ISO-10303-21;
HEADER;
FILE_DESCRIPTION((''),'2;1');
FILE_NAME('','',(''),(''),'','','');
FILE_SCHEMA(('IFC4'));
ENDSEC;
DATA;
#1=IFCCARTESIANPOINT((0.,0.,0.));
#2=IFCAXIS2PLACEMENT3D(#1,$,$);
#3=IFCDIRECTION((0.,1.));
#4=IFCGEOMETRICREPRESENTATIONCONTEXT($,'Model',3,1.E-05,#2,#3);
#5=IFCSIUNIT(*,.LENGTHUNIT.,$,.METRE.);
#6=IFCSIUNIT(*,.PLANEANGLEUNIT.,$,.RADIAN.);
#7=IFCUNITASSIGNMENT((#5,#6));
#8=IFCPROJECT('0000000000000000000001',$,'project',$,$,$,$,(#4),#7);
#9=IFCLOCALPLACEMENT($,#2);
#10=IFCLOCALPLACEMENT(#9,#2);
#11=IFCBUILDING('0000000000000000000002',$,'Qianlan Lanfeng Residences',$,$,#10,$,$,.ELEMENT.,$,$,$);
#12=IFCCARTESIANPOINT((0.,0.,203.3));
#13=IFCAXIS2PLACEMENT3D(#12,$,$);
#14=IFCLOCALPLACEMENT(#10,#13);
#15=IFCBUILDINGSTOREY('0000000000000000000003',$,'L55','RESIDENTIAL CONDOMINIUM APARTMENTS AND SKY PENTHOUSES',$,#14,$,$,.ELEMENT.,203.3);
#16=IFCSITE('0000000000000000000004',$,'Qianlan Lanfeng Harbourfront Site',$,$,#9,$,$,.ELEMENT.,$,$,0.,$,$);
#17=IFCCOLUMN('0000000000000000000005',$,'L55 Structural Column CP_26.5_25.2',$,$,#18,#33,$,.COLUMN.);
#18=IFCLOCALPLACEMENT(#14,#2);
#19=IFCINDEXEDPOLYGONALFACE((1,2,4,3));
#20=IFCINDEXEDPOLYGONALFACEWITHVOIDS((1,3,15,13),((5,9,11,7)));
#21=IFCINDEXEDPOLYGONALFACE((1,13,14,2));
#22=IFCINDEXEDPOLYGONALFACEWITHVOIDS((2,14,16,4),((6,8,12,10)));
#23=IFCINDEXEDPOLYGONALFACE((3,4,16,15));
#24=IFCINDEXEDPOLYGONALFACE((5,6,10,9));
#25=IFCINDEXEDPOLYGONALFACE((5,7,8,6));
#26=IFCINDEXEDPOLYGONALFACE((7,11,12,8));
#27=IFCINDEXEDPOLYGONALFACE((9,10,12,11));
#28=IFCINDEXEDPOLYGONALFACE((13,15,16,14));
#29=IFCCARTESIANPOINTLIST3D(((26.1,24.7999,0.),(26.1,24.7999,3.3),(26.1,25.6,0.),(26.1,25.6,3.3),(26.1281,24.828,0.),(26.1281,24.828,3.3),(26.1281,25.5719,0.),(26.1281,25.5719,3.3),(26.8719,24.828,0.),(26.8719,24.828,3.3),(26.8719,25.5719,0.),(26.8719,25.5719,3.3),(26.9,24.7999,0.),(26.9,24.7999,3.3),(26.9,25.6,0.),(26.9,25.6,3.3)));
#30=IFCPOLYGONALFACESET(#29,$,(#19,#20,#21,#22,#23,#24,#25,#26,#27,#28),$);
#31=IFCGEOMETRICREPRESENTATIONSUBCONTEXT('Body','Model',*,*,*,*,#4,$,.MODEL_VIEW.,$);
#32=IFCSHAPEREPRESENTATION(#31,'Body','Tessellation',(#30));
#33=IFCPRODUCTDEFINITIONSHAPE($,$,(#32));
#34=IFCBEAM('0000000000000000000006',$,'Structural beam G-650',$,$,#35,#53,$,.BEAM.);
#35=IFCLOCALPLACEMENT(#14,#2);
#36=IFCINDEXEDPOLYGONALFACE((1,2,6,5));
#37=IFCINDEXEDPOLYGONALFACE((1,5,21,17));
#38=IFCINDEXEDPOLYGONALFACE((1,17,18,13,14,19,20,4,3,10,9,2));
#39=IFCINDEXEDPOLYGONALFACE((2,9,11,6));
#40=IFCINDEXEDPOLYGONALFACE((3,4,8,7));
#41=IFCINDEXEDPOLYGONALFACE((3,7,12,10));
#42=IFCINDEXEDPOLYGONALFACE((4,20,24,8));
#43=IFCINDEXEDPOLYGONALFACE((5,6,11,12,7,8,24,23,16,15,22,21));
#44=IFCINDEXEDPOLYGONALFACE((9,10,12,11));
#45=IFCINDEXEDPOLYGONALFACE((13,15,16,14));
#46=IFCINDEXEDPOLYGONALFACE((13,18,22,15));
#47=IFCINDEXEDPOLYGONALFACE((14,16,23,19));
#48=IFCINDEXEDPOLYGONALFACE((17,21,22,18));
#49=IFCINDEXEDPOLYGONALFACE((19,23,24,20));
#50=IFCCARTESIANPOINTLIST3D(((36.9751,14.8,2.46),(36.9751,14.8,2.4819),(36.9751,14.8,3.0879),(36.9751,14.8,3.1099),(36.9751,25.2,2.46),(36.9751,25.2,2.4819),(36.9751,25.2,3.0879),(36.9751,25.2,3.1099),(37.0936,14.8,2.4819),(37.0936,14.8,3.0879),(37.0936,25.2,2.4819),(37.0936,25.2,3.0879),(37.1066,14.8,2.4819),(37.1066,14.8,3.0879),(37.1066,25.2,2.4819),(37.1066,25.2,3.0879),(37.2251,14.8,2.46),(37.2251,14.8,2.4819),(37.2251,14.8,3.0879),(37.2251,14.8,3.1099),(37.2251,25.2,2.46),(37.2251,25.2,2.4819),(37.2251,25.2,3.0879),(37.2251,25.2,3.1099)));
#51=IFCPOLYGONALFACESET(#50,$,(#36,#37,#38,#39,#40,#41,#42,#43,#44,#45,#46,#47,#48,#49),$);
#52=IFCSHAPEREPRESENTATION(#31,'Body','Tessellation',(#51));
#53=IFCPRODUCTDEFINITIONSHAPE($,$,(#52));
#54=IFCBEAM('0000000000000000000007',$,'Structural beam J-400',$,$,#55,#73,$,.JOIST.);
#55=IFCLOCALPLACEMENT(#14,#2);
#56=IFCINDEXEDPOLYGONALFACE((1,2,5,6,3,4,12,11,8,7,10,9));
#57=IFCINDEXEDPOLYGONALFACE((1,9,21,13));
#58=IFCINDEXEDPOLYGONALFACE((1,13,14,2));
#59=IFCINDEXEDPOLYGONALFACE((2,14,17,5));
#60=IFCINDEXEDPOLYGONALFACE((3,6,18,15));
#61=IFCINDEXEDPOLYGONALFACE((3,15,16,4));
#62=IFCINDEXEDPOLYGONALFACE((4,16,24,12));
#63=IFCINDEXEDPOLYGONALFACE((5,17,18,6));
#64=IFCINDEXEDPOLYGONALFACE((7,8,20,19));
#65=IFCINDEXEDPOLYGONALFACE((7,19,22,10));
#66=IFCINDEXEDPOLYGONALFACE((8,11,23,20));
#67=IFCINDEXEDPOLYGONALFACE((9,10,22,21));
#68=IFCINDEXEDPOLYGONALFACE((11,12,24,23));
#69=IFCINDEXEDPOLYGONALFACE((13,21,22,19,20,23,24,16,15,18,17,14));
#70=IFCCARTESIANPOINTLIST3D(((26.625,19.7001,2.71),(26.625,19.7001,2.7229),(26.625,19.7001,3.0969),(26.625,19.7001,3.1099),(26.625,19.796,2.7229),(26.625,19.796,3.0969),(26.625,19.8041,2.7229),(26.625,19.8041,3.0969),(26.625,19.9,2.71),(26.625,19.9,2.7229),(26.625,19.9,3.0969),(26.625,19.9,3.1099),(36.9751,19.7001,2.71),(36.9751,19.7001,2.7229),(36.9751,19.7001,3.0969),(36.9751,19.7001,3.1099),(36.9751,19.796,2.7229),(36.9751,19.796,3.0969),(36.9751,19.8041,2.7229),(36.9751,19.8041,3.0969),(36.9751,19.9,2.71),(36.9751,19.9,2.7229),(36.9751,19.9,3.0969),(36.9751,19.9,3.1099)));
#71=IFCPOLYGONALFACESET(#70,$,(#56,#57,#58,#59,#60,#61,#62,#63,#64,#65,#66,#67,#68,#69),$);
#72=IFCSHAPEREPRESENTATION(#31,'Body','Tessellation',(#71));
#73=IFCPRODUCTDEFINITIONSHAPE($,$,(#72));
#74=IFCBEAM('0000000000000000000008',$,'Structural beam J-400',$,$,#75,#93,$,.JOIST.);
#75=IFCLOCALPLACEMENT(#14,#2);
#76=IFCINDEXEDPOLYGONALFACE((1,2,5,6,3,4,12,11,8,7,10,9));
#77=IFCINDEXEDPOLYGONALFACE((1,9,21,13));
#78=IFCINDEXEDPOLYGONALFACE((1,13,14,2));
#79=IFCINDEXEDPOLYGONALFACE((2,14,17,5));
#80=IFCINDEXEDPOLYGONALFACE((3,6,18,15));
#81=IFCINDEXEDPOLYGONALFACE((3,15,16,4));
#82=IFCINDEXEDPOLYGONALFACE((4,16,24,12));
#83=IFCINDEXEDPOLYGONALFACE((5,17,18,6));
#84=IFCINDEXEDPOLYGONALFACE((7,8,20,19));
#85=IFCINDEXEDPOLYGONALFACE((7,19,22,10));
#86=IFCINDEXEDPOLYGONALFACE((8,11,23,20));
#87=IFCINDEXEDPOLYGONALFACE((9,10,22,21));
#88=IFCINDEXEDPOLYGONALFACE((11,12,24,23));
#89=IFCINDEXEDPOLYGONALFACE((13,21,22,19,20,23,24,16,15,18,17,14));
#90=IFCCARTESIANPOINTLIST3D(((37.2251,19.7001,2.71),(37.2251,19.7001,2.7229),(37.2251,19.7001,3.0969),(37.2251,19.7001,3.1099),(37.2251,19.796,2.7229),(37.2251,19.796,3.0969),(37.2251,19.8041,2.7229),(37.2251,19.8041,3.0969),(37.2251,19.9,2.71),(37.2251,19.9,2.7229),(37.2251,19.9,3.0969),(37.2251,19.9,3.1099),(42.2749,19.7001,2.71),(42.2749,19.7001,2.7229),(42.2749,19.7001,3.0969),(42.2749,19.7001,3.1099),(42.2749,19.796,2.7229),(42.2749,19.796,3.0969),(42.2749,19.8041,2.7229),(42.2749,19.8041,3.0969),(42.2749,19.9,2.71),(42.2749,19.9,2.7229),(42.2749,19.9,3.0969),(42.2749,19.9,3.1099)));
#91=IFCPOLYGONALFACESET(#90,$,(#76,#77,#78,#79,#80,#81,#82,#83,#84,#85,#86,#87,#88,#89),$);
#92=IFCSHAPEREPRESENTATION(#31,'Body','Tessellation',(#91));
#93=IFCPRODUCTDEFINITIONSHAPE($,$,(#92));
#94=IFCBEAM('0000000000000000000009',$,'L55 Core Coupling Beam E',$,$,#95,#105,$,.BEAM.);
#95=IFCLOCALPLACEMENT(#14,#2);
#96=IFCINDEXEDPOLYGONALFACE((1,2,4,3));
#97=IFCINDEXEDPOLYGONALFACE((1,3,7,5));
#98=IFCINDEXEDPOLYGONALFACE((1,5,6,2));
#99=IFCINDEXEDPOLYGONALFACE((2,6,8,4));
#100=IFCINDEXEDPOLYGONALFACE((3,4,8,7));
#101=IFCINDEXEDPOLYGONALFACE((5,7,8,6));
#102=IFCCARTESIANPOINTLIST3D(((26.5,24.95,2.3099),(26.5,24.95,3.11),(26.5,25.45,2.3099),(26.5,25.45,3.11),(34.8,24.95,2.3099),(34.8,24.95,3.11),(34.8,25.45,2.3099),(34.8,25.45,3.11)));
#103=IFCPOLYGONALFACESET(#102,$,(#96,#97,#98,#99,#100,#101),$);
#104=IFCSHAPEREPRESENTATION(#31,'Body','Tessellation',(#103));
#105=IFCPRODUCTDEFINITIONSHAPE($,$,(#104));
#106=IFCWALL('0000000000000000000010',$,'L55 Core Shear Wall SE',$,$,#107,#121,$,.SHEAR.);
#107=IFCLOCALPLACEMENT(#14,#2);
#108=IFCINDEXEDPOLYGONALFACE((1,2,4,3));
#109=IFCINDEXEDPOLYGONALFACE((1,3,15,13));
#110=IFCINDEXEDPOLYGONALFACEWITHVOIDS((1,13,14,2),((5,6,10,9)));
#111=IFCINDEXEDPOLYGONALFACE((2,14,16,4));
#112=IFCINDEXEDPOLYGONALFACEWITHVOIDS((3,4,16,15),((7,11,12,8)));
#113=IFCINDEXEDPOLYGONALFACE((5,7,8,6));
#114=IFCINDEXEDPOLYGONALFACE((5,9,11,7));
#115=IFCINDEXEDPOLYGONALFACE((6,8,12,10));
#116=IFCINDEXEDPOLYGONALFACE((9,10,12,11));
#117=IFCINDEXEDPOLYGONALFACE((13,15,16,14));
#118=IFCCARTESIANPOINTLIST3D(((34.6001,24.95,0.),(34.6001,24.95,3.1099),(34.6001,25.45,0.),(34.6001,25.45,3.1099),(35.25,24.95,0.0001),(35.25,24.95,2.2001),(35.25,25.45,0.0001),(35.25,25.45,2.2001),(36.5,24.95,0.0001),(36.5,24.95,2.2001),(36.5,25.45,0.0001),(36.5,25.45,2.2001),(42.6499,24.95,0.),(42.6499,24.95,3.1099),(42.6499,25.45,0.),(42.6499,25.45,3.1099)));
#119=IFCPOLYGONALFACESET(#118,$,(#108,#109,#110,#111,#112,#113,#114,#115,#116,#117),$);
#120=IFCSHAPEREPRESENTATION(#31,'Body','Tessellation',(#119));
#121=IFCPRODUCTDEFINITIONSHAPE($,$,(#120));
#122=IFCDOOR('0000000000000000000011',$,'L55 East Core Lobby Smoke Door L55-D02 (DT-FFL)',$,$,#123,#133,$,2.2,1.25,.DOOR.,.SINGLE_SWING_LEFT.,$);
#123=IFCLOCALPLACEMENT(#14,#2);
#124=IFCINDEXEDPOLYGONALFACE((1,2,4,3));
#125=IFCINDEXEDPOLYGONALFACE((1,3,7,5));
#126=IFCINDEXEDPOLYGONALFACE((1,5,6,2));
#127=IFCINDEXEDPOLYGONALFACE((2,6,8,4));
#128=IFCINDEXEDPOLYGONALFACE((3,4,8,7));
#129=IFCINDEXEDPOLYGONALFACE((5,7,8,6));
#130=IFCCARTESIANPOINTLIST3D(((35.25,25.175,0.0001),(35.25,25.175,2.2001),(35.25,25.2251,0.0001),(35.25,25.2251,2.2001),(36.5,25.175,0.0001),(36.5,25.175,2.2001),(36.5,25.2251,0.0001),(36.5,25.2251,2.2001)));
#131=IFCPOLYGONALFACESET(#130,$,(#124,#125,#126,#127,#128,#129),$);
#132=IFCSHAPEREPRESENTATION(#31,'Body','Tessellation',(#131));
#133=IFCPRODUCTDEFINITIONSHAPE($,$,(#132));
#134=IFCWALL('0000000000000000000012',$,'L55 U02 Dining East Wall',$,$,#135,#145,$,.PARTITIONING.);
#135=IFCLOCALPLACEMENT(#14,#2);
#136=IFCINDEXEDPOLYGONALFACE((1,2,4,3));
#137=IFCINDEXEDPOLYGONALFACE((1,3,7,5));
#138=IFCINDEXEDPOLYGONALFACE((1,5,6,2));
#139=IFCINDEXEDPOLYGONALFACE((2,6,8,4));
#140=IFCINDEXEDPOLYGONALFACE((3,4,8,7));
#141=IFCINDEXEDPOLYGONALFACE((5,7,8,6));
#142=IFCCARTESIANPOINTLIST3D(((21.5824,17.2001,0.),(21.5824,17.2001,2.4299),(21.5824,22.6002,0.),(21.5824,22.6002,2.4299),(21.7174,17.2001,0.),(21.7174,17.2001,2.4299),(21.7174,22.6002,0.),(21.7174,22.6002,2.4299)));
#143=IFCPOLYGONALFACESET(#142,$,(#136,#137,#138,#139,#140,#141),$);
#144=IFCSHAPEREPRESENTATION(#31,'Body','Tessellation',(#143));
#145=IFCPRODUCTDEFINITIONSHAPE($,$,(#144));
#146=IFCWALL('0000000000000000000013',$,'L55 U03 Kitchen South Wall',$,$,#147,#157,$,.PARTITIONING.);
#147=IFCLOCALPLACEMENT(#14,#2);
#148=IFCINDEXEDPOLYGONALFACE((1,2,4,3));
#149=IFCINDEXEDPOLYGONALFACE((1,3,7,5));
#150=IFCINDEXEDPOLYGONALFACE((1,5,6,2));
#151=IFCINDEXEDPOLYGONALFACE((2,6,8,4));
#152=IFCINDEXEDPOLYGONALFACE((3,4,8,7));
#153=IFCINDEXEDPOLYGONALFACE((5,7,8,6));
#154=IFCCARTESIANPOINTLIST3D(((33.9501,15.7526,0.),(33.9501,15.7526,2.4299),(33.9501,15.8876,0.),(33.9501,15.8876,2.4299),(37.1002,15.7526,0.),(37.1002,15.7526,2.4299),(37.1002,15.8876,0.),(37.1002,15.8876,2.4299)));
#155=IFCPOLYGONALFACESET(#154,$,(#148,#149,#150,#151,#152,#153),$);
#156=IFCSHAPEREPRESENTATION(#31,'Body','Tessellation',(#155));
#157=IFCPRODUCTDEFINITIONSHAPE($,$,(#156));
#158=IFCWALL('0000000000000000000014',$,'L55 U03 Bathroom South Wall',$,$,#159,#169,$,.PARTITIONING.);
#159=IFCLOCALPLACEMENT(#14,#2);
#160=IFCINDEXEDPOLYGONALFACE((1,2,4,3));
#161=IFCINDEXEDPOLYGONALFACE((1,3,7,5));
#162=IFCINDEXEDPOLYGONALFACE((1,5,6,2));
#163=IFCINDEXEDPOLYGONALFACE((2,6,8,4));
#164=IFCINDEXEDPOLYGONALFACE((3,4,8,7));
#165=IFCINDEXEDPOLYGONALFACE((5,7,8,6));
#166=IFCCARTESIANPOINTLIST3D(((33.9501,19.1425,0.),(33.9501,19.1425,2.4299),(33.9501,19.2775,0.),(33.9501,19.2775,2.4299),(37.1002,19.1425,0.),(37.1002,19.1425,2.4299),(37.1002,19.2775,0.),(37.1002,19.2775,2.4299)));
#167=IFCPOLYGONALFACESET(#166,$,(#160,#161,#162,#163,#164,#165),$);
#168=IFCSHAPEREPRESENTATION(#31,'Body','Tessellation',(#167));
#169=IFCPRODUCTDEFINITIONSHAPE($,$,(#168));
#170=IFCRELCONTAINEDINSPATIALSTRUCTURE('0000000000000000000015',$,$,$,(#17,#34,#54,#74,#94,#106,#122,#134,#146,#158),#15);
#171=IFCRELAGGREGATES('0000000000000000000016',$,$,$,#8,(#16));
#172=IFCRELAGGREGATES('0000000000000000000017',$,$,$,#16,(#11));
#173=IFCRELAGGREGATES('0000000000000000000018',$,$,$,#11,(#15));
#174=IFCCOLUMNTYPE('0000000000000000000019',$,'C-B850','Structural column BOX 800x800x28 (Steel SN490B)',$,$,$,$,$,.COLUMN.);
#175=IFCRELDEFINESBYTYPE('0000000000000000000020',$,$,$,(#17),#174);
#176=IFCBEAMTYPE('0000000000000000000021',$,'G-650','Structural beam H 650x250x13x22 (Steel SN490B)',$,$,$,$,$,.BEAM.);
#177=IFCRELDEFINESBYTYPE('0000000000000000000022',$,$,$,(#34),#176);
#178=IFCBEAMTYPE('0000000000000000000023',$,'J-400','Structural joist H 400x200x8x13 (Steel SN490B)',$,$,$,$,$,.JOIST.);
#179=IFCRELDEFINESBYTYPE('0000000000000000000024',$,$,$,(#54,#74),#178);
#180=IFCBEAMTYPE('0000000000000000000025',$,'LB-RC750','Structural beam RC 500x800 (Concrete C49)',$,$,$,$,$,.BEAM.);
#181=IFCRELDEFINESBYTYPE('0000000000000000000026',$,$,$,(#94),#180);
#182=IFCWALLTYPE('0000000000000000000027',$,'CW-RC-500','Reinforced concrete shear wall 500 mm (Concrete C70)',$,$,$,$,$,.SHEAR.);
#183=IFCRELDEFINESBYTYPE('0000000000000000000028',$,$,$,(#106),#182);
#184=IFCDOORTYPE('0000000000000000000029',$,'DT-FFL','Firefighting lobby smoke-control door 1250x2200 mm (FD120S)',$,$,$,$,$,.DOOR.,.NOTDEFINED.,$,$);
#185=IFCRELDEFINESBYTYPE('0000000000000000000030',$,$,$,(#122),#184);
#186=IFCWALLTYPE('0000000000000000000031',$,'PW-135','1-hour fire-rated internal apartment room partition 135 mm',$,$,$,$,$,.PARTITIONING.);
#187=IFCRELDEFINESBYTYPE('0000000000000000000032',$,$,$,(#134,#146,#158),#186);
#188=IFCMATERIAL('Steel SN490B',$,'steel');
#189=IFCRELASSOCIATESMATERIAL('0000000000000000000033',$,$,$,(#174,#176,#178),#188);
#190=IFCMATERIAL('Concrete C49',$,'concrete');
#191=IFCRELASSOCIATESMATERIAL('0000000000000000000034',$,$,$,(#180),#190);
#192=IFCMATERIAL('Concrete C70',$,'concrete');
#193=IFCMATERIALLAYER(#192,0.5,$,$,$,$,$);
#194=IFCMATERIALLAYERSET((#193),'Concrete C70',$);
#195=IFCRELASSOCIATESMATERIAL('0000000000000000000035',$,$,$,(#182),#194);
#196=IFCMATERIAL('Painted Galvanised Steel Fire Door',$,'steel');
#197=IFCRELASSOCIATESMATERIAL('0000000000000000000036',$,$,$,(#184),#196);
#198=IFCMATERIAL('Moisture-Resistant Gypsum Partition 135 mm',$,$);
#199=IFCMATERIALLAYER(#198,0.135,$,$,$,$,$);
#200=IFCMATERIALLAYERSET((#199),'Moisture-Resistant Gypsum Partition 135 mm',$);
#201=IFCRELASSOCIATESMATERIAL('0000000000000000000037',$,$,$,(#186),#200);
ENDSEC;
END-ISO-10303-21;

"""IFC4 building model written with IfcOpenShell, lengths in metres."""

from ifc_helpers import new_model, si_unit, direction, frame, frame_2d, origin, origin_2d, place, context, subcontext, project, spatial, rectangle, hollow_rectangle, i_section, extrude, material, layer, layer_set, material_profile, profile_set, type_object, element, fill, save


model = new_model("IFC4")

# Units and contexts
model_context = context("Model", 3, precision=1e-05, world=origin(), true_north=direction((0.0, 1.0)))
body_context = subcontext(model_context, "Body", "Model", "MODEL_VIEW")
ifc_project = project(units=[si_unit("LENGTHUNIT", "METRE"), si_unit("PLANEANGLEUNIT", "RADIAN")], contexts=[model_context])

# Site, building, storey
site_placement = place(None, origin())
site = spatial("IfcSite", under=ifc_project, at=site_placement, Name="Qianlan Lanfeng Harbourfront Site", CompositionType="ELEMENT", RefElevation=0.0)
building_placement = place(site_placement, origin())
building = spatial("IfcBuilding", under=site, at=building_placement, Name="Qianlan Lanfeng Residences", CompositionType="ELEMENT")
storey_placement = place(building_placement, frame((0.0, 0.0, 203.3)))
storey = spatial("IfcBuildingStorey", under=building, at=storey_placement, Name="L55", Description="RESIDENTIAL CONDOMINIUM APARTMENTS AND SKY PENTHOUSES", CompositionType="ELEMENT", Elevation=203.3)

# Column
ifc_material_1 = material(Name="Steel SN490B", Category="steel")
ifc_material_profile_1 = material_profile(ifc_material_1, hollow_rectangle(XDim=0.8, YDim=0.8, WallThickness=0.0281, at=origin_2d()), Name="BOX 800x800x28")
ifc_profile_set_1 = profile_set([ifc_material_profile_1], Name="Steel SN490B")
column_type = type_object("IfcColumnType", Name="C-B850", Description="Structural column BOX 800x800x28 (Steel SN490B)", PredefinedType="COLUMN", material=ifc_profile_set_1)
column_placement = place(storey_placement, frame((26.5, 25.2, 0.0), z_axis=(0.0, 0.0, 1.0), x_axis=(1.0, 0.0, 0.0)))
element("IfcColumn", 1, at=column_placement, inside=storey, type_object=column_type, Name="L55 Structural Column CP_26.5_25.2", PredefinedType="COLUMN", context=body_context, shape_type="SweptSolid", body=[
    extrude(hollow_rectangle(XDim=0.8, YDim=0.8, WallThickness=0.0281, at=origin_2d()), origin(), (0.0, 0.0, 1.0), 3.3),
])

# Beams
ifc_material_profile_2 = material_profile(ifc_material_1, i_section(OverallWidth=0.25, OverallDepth=0.6499, WebThickness=0.0129, FlangeThickness=0.022, at=origin_2d()), Name="H 650x250x13x22")
ifc_profile_set_2 = profile_set([ifc_material_profile_2], Name="Steel SN490B")
beam_type_1 = type_object("IfcBeamType", Name="G-650", Description="Structural beam H 650x250x13x22 (Steel SN490B)", PredefinedType="BEAM", material=ifc_profile_set_2)
beam_1_placement = place(storey_placement, frame((37.1001, 14.8, 2.7849), z_axis=(0.0, 1.0, 0.0), x_axis=(-1.0, 0.0, 0.0)))
element("IfcBeam", 2, at=beam_1_placement, inside=storey, type_object=beam_type_1, Name="Structural beam G-650", PredefinedType="BEAM", context=body_context, shape_type="SweptSolid", body=[
    extrude(i_section(OverallWidth=0.25, OverallDepth=0.6499, WebThickness=0.0129, FlangeThickness=0.022, at=origin_2d()), origin(), (0.0, 0.0, 1.0), 10.3999),
])
ifc_material_profile_3 = material_profile(ifc_material_1, i_section(OverallWidth=0.2, OverallDepth=0.3999, WebThickness=0.0081, FlangeThickness=0.0129, at=origin_2d()), Name="H 400x200x8x13")
ifc_profile_set_3 = profile_set([ifc_material_profile_3], Name="Steel SN490B")
beam_type_2 = type_object("IfcBeamType", Name="J-400", Description="Structural joist H 400x200x8x13 (Steel SN490B)", PredefinedType="JOIST", material=ifc_profile_set_3)
beam_2_placement = place(storey_placement, frame((26.625, 19.8, 2.9099), z_axis=(1.0, 0.0, 0.0), x_axis=(0.0, 1.0, 0.0)))
element("IfcBeam", 3, at=beam_2_placement, inside=storey, type_object=beam_type_2, Name="Structural beam J-400", PredefinedType="JOIST", context=body_context, shape_type="SweptSolid", body=[
    extrude(i_section(OverallWidth=0.2, OverallDepth=0.3999, WebThickness=0.0081, FlangeThickness=0.0129, at=origin_2d()), origin(), (0.0, 0.0, 1.0), 10.3501),
])
beam_3_placement = place(storey_placement, frame((37.2251, 19.8, 2.9099), z_axis=(1.0, 0.0, 0.0), x_axis=(0.0, 1.0, 0.0)))
element("IfcBeam", 4, at=beam_3_placement, inside=storey, type_object=beam_type_2, Name="Structural beam J-400", PredefinedType="JOIST", context=body_context, shape_type="SweptSolid", body=[
    extrude(i_section(OverallWidth=0.2, OverallDepth=0.3999, WebThickness=0.0081, FlangeThickness=0.0129, at=origin_2d()), origin(), (0.0, 0.0, 1.0), 5.0498),
])
ifc_material_2 = material(Name="Concrete C49", Category="concrete")
ifc_material_profile_4 = material_profile(ifc_material_2, rectangle(XDim=0.5, YDim=0.8, at=origin_2d()), Name="RC 500x800")
ifc_profile_set_4 = profile_set([ifc_material_profile_4], Name="Concrete C49")
beam_type_3 = type_object("IfcBeamType", Name="LB-RC750", Description="Structural beam RC 500x800 (Concrete C49)", PredefinedType="BEAM", material=ifc_profile_set_4)
beam_4_placement = place(storey_placement, frame((26.5, 25.2, 2.71), z_axis=(1.0, 0.0, 0.0), x_axis=(0.0, 1.0, 0.0)))
element("IfcBeam", 5, at=beam_4_placement, inside=storey, type_object=beam_type_3, Name="L55 Core Coupling Beam E", PredefinedType="BEAM", context=body_context, shape_type="SweptSolid", body=[
    extrude(rectangle(XDim=0.5, YDim=0.8, at=origin_2d()), origin(), (0.0, 0.0, 1.0), 8.3),
])

# Wall, opening, door
ifc_material_3 = material(Name="Concrete C70", Category="concrete")
ifc_layer_1 = layer(ifc_material_3, 0.5)
ifc_layer_set_1 = layer_set([ifc_layer_1], Name="Concrete C70")
wall_type_1 = type_object("IfcWallType", Name="CW-RC-500", Description="Reinforced concrete shear wall 500 mm (Concrete C70)", PredefinedType="SHEAR", material=ifc_layer_set_1)
wall_1_placement = place(storey_placement, frame((34.6001, 25.2, 0.0), z_axis=(0.0, 0.0, 1.0), x_axis=(1.0, 0.0, 0.0)))
wall_1 = element("IfcWall", 6, at=wall_1_placement, inside=storey, type_object=wall_type_1, Name="L55 Core Shear Wall SE", PredefinedType="SHEAR", context=body_context, shape_type="SweptSolid", body=[
    extrude(rectangle(XDim=8.0498, YDim=0.5, at=frame_2d((4.0249, 0.0))), origin(), (0.0, 0.0, 1.0), 3.1099),
])
opening_1_placement = place(wall_1_placement, frame((0.6499, 0.0, 0.0)))
opening_1 = element("IfcOpeningElement", 7, at=opening_1_placement, cuts=wall_1, PredefinedType="OPENING", context=body_context, shape_type="SweptSolid", body=[
    extrude(rectangle(XDim=1.25, YDim=2.2, at=frame_2d((0.625, 1.1001))), frame((0.0, 0.26, 0.0), z_axis=(0.0, -1.0, 0.0), x_axis=(1.0, 0.0, 0.0)), (0.0, 0.0, 1.0), 0.52),
])
ifc_material_4 = material(Name="Painted Galvanised Steel Fire Door", Category="steel")
door_type_1 = type_object("IfcDoorType", Name="DT-FFL", Description="Firefighting lobby smoke-control door 1250x2200 mm (FD120S)", OperationType="NOTDEFINED", PredefinedType="DOOR", material=ifc_material_4)
door_1_placement = place(opening_1_placement, frame((1.25, 0.0, 0.0), z_axis=(0.0, 0.0, 1.0), x_axis=(-1.0, 0.0, 0.0)))
door_1 = element("IfcDoor", 8, at=door_1_placement, inside=storey, type_object=door_type_1, Name="L55 East Core Lobby Smoke Door L55-D02 (DT-FFL)", OperationType="SINGLE_SWING_LEFT", OverallHeight=2.2, OverallWidth=1.25, PredefinedType="DOOR", context=body_context, shape_type="SweptSolid", body=[
    extrude(rectangle(XDim=1.25, YDim=2.2, at=frame_2d((0.625, 1.1001))), frame((0.0, 0.0249, 0.0), z_axis=(0.0, -1.0, 0.0), x_axis=(1.0, 0.0, 0.0)), (0.0, 0.0, 1.0), 0.05),
])
fill(opening_1, door_1)

# Wall
ifc_material_5 = material(Name="Moisture-Resistant Gypsum Partition 135 mm")
ifc_layer_2 = layer(ifc_material_5, 0.135)
ifc_layer_set_2 = layer_set([ifc_layer_2], Name="Moisture-Resistant Gypsum Partition 135 mm")
wall_type_2 = type_object("IfcWallType", Name="PW-135", Description="1-hour fire-rated internal apartment room partition 135 mm", PredefinedType="PARTITIONING", material=ifc_layer_set_2)
wall_2_placement = place(storey_placement, frame((21.6499, 17.2, 0.0), z_axis=(0.0, 0.0, 1.0), x_axis=(0.0, 1.0, 0.0)))
element("IfcWall", 9, at=wall_2_placement, inside=storey, type_object=wall_type_2, Name="L55 U02 Dining East Wall", PredefinedType="PARTITIONING", context=body_context, shape_type="SweptSolid", body=[
    extrude(rectangle(XDim=5.4001, YDim=0.135, at=frame_2d((2.7002, 0.0))), origin(), (0.0, 0.0, 1.0), 2.4299),
])

# Walls
for number, where, z_axis, x_axis, name in (
    (10, (33.95, 15.8201, 0.0), (0.0, 0.0, 1.0), (1.0, 0.0, 0.0), "L55 U03 Kitchen South Wall"),
    (11, (33.95, 19.21, 0.0), (0.0, 0.0, 1.0), (1.0, 0.0, 0.0), "L55 U03 Bathroom South Wall"),
):
    element("IfcWall", number, at=place(storey_placement, frame(where, z_axis=z_axis, x_axis=x_axis)), inside=storey, type_object=wall_type_2, Name=name, PredefinedType="PARTITIONING", context=body_context, shape_type="SweptSolid", body=[
        extrude(rectangle(XDim=3.1501, YDim=0.135, at=frame_2d((1.5752, 0.0))), origin(), (0.0, 0.0, 1.0), 2.4299),
    ])

save(model, "model.ifc")
